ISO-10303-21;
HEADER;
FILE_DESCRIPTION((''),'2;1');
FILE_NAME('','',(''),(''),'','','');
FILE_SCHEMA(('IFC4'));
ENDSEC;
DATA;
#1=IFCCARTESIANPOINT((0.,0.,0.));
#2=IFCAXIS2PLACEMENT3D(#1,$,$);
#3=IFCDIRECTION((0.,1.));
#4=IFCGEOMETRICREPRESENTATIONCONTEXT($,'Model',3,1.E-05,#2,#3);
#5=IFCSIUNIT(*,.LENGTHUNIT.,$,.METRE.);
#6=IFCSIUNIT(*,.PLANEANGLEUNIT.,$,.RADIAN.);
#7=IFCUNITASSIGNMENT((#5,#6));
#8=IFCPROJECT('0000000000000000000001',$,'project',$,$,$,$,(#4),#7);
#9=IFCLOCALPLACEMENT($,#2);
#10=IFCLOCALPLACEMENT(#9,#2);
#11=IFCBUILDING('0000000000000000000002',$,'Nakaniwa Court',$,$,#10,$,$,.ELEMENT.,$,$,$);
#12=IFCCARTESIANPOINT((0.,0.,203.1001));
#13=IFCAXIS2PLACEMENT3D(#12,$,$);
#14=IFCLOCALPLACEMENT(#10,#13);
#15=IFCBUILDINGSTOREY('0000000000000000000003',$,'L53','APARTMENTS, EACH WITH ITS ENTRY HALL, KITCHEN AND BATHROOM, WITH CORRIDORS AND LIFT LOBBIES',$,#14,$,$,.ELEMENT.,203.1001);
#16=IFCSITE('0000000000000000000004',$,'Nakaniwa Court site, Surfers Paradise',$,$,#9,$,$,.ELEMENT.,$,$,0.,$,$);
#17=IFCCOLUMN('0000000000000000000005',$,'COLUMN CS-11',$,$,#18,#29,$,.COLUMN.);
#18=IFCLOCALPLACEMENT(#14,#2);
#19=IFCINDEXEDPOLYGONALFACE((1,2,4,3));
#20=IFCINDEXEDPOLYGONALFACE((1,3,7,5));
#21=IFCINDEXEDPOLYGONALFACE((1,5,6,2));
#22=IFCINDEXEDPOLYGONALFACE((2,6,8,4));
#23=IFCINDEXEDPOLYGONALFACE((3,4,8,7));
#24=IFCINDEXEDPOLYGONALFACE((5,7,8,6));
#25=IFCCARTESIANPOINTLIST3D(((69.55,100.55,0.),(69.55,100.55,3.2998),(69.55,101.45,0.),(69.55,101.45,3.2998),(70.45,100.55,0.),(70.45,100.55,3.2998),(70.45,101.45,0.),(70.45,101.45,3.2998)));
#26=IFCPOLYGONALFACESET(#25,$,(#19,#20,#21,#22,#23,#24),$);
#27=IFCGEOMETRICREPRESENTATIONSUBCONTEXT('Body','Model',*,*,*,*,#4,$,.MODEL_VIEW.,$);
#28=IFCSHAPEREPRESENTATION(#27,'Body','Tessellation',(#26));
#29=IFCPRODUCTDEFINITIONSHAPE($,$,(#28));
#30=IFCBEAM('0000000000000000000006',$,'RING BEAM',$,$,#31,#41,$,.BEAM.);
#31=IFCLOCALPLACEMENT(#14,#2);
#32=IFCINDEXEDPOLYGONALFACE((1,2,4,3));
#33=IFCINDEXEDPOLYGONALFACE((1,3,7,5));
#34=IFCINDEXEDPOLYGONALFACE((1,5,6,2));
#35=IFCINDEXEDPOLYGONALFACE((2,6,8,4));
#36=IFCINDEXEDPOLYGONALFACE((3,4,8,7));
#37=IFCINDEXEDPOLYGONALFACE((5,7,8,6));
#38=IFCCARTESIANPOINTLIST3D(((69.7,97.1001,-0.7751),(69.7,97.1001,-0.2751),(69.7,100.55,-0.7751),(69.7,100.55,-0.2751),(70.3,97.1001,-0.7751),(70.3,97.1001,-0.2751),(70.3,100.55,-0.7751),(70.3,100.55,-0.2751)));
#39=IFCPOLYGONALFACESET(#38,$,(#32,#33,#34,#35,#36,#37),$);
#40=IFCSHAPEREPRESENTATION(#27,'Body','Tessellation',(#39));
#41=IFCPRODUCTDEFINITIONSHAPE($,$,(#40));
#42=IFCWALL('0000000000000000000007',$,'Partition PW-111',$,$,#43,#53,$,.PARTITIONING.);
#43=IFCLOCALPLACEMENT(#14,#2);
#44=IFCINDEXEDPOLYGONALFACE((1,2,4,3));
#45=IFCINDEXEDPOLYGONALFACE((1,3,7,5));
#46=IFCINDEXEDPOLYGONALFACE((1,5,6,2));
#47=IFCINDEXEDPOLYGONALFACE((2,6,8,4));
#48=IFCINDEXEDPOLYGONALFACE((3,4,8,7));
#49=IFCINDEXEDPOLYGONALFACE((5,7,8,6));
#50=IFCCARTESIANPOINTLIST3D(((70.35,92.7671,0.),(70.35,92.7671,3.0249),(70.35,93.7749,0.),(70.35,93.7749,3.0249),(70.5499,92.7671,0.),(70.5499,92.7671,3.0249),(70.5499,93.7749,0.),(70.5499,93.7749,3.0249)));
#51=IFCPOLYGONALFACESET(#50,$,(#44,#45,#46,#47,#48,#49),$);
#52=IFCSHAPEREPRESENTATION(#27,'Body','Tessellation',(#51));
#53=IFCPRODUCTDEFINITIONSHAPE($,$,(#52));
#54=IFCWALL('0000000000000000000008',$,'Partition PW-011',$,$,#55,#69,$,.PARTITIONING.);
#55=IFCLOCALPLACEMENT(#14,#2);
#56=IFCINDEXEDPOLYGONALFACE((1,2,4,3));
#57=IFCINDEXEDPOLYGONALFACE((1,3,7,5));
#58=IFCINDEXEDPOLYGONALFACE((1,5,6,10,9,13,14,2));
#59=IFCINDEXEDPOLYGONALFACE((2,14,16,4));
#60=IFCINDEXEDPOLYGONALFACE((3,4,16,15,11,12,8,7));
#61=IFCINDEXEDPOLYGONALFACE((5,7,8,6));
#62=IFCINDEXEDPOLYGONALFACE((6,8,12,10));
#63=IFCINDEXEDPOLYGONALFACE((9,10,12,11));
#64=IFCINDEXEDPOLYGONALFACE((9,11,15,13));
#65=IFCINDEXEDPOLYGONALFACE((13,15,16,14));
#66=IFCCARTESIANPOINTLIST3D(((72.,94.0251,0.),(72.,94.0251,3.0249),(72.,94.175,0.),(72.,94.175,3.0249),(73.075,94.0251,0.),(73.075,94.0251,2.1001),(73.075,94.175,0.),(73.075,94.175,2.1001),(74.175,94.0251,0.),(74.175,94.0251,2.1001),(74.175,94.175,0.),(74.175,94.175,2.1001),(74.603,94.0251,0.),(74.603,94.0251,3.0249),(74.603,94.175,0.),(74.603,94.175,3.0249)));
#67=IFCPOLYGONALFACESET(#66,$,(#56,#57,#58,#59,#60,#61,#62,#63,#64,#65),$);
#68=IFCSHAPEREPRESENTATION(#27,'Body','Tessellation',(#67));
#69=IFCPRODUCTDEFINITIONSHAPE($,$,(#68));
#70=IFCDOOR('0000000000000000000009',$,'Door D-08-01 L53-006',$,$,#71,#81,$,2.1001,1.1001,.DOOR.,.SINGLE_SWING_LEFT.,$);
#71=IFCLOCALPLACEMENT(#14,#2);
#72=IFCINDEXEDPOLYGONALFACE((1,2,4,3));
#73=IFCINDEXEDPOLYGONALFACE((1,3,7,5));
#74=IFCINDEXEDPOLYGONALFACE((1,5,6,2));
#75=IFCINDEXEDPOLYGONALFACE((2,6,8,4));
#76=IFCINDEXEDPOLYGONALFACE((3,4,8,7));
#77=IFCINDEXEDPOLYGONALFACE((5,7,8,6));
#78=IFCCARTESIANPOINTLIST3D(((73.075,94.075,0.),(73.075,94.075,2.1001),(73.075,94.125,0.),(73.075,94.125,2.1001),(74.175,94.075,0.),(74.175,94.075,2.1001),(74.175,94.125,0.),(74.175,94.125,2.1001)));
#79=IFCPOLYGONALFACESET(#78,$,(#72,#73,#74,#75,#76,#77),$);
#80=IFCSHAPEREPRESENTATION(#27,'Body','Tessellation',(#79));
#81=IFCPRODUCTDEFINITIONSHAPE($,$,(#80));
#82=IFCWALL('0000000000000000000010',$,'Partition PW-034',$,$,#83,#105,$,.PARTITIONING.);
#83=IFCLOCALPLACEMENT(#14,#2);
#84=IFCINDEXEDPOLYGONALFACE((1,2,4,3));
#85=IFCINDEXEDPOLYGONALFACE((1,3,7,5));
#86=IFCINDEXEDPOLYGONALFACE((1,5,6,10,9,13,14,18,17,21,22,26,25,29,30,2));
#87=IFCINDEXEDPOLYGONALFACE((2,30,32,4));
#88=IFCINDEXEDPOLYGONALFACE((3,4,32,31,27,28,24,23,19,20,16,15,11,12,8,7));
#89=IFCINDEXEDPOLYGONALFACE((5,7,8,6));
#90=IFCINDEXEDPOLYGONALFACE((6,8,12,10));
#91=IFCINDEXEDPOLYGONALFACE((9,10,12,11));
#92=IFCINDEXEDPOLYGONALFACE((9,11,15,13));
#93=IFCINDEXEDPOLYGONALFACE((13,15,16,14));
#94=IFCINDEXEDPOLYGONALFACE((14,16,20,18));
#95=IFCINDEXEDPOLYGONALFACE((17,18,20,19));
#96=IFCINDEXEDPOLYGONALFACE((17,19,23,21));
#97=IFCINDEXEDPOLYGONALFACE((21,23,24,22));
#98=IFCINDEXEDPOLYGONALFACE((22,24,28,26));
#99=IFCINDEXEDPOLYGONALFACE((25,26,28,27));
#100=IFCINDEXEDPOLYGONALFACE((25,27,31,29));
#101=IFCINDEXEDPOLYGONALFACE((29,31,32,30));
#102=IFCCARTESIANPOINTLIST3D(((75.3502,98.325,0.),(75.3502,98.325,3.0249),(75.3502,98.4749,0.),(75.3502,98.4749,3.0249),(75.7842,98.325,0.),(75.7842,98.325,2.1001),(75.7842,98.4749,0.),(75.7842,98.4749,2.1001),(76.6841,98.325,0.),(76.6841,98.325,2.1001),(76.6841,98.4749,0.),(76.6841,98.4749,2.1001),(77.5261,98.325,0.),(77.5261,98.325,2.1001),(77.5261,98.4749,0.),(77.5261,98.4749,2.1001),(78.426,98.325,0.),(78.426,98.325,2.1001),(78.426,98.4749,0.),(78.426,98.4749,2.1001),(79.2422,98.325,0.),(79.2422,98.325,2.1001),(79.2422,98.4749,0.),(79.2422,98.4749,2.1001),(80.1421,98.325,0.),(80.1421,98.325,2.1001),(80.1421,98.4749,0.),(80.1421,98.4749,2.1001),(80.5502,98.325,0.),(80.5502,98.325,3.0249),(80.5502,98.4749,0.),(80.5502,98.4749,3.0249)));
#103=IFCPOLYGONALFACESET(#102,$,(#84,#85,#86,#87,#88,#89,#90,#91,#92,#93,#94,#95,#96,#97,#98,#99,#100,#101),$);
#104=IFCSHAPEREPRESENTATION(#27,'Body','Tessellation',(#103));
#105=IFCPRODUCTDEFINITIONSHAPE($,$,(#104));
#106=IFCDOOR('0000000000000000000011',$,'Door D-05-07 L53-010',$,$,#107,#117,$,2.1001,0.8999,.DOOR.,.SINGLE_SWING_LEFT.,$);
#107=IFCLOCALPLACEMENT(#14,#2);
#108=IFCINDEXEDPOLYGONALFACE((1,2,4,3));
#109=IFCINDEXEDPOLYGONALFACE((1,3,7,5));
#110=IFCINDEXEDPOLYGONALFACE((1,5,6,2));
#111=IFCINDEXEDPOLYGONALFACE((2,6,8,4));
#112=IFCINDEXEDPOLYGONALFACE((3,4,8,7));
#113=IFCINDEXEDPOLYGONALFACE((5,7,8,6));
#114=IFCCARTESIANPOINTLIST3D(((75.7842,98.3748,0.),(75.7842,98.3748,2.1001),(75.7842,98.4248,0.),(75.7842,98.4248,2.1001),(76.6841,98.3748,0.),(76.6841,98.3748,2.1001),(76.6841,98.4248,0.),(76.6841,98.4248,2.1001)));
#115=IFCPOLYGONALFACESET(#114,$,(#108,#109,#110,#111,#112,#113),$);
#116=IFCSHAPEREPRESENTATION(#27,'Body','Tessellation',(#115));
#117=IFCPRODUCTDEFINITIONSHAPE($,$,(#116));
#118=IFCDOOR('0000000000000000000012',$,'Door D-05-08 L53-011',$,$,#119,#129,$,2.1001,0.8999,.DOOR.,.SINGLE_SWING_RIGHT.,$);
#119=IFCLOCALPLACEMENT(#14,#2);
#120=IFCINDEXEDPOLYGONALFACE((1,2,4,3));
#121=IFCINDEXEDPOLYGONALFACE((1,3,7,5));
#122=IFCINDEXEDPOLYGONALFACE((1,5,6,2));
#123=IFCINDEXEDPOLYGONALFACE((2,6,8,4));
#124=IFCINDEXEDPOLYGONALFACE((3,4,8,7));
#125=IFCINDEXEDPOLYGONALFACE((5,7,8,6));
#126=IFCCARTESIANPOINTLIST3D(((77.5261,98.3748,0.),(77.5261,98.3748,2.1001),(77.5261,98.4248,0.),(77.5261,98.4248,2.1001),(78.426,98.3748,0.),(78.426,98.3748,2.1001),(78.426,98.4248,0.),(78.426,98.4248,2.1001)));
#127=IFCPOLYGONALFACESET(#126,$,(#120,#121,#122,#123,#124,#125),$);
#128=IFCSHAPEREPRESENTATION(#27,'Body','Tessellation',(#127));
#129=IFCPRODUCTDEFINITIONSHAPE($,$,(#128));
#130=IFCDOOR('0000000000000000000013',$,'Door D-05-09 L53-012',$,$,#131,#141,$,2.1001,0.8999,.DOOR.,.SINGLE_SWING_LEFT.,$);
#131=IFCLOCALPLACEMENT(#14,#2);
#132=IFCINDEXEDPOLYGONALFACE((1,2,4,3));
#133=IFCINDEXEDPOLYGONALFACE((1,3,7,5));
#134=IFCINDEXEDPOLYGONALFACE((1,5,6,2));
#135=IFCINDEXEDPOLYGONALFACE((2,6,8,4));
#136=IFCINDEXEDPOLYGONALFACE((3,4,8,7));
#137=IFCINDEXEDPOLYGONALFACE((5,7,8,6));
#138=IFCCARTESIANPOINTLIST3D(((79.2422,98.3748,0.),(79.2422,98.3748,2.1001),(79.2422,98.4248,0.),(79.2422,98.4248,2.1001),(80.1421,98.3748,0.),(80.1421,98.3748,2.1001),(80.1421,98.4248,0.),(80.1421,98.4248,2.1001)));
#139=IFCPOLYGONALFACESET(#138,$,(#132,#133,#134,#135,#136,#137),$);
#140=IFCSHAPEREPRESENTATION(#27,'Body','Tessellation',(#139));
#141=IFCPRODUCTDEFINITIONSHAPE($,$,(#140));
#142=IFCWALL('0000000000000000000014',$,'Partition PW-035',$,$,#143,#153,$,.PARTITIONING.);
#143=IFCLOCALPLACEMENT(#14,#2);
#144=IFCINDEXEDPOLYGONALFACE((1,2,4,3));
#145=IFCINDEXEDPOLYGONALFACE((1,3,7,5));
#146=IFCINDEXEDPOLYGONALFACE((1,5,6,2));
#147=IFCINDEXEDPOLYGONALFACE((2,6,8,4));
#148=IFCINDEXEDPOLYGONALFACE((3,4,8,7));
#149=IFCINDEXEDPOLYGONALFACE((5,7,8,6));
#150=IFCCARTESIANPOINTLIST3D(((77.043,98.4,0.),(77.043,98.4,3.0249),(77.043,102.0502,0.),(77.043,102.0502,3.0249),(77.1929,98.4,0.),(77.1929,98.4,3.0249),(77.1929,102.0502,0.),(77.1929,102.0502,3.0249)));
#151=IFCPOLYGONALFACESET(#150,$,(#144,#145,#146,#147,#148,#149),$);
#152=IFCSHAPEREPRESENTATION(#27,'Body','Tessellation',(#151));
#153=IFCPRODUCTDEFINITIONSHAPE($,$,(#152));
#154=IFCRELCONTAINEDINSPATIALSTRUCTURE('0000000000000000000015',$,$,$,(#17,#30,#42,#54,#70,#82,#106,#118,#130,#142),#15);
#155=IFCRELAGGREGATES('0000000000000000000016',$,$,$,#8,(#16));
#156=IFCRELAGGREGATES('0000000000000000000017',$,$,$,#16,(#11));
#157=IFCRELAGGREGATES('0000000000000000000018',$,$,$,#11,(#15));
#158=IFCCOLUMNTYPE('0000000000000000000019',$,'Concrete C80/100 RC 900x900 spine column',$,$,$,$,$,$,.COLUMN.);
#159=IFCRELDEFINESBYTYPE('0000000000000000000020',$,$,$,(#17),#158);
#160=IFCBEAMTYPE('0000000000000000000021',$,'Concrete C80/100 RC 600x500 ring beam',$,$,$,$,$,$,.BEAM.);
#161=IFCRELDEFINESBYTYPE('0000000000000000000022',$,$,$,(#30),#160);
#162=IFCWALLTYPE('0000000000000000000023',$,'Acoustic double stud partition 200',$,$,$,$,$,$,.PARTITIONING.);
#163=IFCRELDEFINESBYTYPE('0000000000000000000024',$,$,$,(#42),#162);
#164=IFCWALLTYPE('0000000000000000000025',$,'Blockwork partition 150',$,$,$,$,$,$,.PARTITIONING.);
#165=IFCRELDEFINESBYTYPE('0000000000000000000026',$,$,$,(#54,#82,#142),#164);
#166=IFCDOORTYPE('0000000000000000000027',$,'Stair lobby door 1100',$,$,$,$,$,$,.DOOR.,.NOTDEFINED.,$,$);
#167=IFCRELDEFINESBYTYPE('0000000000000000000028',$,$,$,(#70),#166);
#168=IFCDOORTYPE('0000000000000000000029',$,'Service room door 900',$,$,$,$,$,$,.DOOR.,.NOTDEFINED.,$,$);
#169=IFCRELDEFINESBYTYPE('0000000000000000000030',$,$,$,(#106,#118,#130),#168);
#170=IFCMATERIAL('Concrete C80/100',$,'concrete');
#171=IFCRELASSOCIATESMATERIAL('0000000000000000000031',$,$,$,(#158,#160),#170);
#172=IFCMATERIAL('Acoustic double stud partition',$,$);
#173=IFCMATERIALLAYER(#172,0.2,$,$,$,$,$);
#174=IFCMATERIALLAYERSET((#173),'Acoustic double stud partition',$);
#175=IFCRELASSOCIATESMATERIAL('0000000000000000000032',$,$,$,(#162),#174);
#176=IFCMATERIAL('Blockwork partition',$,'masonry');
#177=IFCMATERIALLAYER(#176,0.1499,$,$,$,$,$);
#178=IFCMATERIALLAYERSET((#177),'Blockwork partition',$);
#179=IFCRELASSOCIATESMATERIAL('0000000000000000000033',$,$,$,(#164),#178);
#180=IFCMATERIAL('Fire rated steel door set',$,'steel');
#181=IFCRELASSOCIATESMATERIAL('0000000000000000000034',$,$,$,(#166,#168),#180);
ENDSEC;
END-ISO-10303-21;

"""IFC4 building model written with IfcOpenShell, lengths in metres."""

from ifc_helpers import new_model, si_unit, direction, frame, frame_2d, origin, origin_2d, place, context, subcontext, project, spatial, rectangle, extrude, material, layer, layer_set, material_profile, profile_set, type_object, element, fill, save


model = new_model("IFC4")

# Units and contexts
model_context = context("Model", 3, precision=1e-05, world=origin(), true_north=direction((0.0, 1.0)))
body_context = subcontext(model_context, "Body", "Model", "MODEL_VIEW")
ifc_project = project(units=[si_unit("LENGTHUNIT", "METRE"), si_unit("PLANEANGLEUNIT", "RADIAN")], contexts=[model_context])

# Site, building, storey
site_placement = place(None, origin())
site = spatial("IfcSite", under=ifc_project, at=site_placement, Name="Nakaniwa Court site, Surfers Paradise", CompositionType="ELEMENT", RefElevation=0.0)
building_placement = place(site_placement, origin())
building = spatial("IfcBuilding", under=site, at=building_placement, Name="Nakaniwa Court", CompositionType="ELEMENT")
storey_placement = place(building_placement, frame((0.0, 0.0, 203.1001)))
storey = spatial("IfcBuildingStorey", under=building, at=storey_placement, Name="L53", Description="APARTMENTS, EACH WITH ITS ENTRY HALL, KITCHEN AND BATHROOM, WITH CORRIDORS AND LIFT LOBBIES", CompositionType="ELEMENT", Elevation=203.1001)

# Column
ifc_material_1 = material(Name="Concrete C80/100", Category="concrete")
ifc_material_profile_1 = material_profile(ifc_material_1, rectangle(XDim=0.8999, YDim=0.8999, at=origin_2d()), Name="Concrete C80/100 RC 900x900 spine column")
ifc_profile_set_1 = profile_set([ifc_material_profile_1], Name="Concrete C80/100")
column_type = type_object("IfcColumnType", Name="Concrete C80/100 RC 900x900 spine column", PredefinedType="COLUMN", material=ifc_profile_set_1)
column_placement = place(storey_placement, frame((70.0, 101.0, 0.0), z_axis=(0.0, 0.0, 1.0), x_axis=(0.0, -1.0, 0.0)))
element("IfcColumn", 1, at=column_placement, inside=storey, type_object=column_type, Name="COLUMN CS-11", PredefinedType="COLUMN", context=body_context, shape_type="SweptSolid", body=[
    extrude(rectangle(XDim=0.8999, YDim=0.8999, at=origin_2d()), origin(), (0.0, 0.0, 1.0), 3.2998),
])

# Beam
ifc_material_profile_2 = material_profile(ifc_material_1, rectangle(XDim=0.6001, YDim=0.5, at=origin_2d()), Name="Concrete C80/100 RC 600x500 ring beam")
ifc_profile_set_2 = profile_set([ifc_material_profile_2], Name="Concrete C80/100")
beam_type = type_object("IfcBeamType", Name="Concrete C80/100 RC 600x500 ring beam", PredefinedType="BEAM", material=ifc_profile_set_2)
beam_placement = place(storey_placement, frame((70.0, 100.55, -0.5251), z_axis=(0.0, -1.0, 0.0), x_axis=(1.0, 0.0, 0.0)))
element("IfcBeam", 2, at=beam_placement, inside=storey, type_object=beam_type, Name="RING BEAM", PredefinedType="BEAM", context=body_context, shape_type="SweptSolid", body=[
    extrude(rectangle(XDim=0.6001, YDim=0.5, at=origin_2d()), origin(), (0.0, 0.0, 1.0), 3.45),
])

# Wall
ifc_material_2 = material(Name="Acoustic double stud partition")
ifc_layer_1 = layer(ifc_material_2, 0.2)
ifc_layer_set_1 = layer_set([ifc_layer_1], Name="Acoustic double stud partition")
wall_type_1 = type_object("IfcWallType", Name="Acoustic double stud partition 200", PredefinedType="PARTITIONING", material=ifc_layer_set_1)
wall_1_placement = place(storey_placement, frame((70.45, 92.7671, 0.0), z_axis=(0.0, 0.0, 1.0), x_axis=(0.0, 1.0, 0.0)))
element("IfcWall", 3, at=wall_1_placement, inside=storey, type_object=wall_type_1, Name="Partition PW-111", PredefinedType="PARTITIONING", context=body_context, shape_type="SweptSolid", body=[
    extrude(rectangle(XDim=1.0078, YDim=0.2, at=frame_2d((0.5039, 0.0))), origin(), (0.0, 0.0, 1.0), 3.0249),
])

# Wall, opening, door
ifc_material_3 = material(Name="Blockwork partition", Category="masonry")
ifc_layer_2 = layer(ifc_material_3, 0.1499)
ifc_layer_set_2 = layer_set([ifc_layer_2], Name="Blockwork partition")
wall_type_2 = type_object("IfcWallType", Name="Blockwork partition 150", PredefinedType="PARTITIONING", material=ifc_layer_set_2)
wall_2_placement = place(storey_placement, frame((72.0, 94.1001, 0.0), z_axis=(0.0, 0.0, 1.0), x_axis=(1.0, 0.0, 0.0)))
wall_2 = element("IfcWall", 4, at=wall_2_placement, inside=storey, type_object=wall_type_2, Name="Partition PW-011", PredefinedType="PARTITIONING", context=body_context, shape_type="SweptSolid", body=[
    extrude(rectangle(XDim=2.603, YDim=0.1499, at=frame_2d((1.3015, 0.0))), origin(), (0.0, 0.0, 1.0), 3.0249),
])
opening_1_placement = place(wall_2_placement, frame((1.075, 0.0, 0.0)))
opening_1 = element("IfcOpeningElement", 5, at=opening_1_placement, cuts=wall_2, PredefinedType="OPENING", context=body_context, shape_type="SweptSolid", body=[
    extrude(rectangle(XDim=1.1001, YDim=2.1001, at=frame_2d((0.55, 1.05))), frame((0.0, 0.085, 0.0), z_axis=(0.0, -1.0, 0.0), x_axis=(1.0, 0.0, 0.0)), (0.0, 0.0, 1.0), 0.1699),
])
ifc_material_4 = material(Name="Fire rated steel door set", Category="steel")
door_type_1 = type_object("IfcDoorType", Name="Stair lobby door 1100", OperationType="NOTDEFINED", PredefinedType="DOOR", material=ifc_material_4)
door_1_placement = place(opening_1_placement, origin())
door_1 = element("IfcDoor", 6, at=door_1_placement, inside=storey, type_object=door_type_1, Name="Door D-08-01 L53-006", OperationType="SINGLE_SWING_LEFT", OverallHeight=2.1001, OverallWidth=1.1001, PredefinedType="DOOR", context=body_context, shape_type="SweptSolid", body=[
    extrude(rectangle(XDim=1.1001, YDim=2.1001, at=frame_2d((0.55, 1.05))), frame((0.0, 0.0249, 0.0), z_axis=(0.0, -1.0, 0.0), x_axis=(1.0, 0.0, 0.0)), (0.0, 0.0, 1.0), 0.05),
])
fill(opening_1, door_1)

# Wall, openings, doors
wall_3_placement = place(storey_placement, frame((75.3501, 98.3999, 0.0), z_axis=(0.0, 0.0, 1.0), x_axis=(1.0, 0.0, 0.0)))
wall_3 = element("IfcWall", 7, at=wall_3_placement, inside=storey, type_object=wall_type_2, Name="Partition PW-034", PredefinedType="PARTITIONING", context=body_context, shape_type="SweptSolid", body=[
    extrude(rectangle(XDim=5.2, YDim=0.1499, at=frame_2d((2.6001, 0.0))), origin(), (0.0, 0.0, 1.0), 3.0249),
])
opening_2_placement = place(wall_3_placement, frame((0.4341, 0.0, 0.0)))
opening_2 = element("IfcOpeningElement", 8, at=opening_2_placement, cuts=wall_3, PredefinedType="OPENING", context=body_context, shape_type="SweptSolid", body=[
    extrude(rectangle(XDim=0.8999, YDim=2.1001, at=frame_2d((0.45, 1.05))), frame((0.0, 0.085, 0.0), z_axis=(0.0, -1.0, 0.0), x_axis=(1.0, 0.0, 0.0)), (0.0, 0.0, 1.0), 0.1699),
])
opening_3_placement = place(wall_3_placement, frame((2.176, 0.0, 0.0)))
opening_3 = element("IfcOpeningElement", 9, at=opening_3_placement, cuts=wall_3, PredefinedType="OPENING", context=body_context, shape_type="SweptSolid", body=[
    extrude(rectangle(XDim=0.8999, YDim=2.1001, at=frame_2d((0.45, 1.05))), frame((0.0, 0.085, 0.0), z_axis=(0.0, -1.0, 0.0), x_axis=(1.0, 0.0, 0.0)), (0.0, 0.0, 1.0), 0.1699),
])
opening_4_placement = place(wall_3_placement, frame((3.8921, 0.0, 0.0)))
opening_4 = element("IfcOpeningElement", 10, at=opening_4_placement, cuts=wall_3, PredefinedType="OPENING", context=body_context, shape_type="SweptSolid", body=[
    extrude(rectangle(XDim=0.8999, YDim=2.1001, at=frame_2d((0.45, 1.05))), frame((0.0, 0.085, 0.0), z_axis=(0.0, -1.0, 0.0), x_axis=(1.0, 0.0, 0.0)), (0.0, 0.0, 1.0), 0.1699),
])
door_type_2 = type_object("IfcDoorType", Name="Service room door 900", OperationType="NOTDEFINED", PredefinedType="DOOR", material=ifc_material_4)
door_2_placement = place(opening_2_placement, origin())
door_2 = element("IfcDoor", 11, at=door_2_placement, inside=storey, type_object=door_type_2, Name="Door D-05-07 L53-010", OperationType="SINGLE_SWING_LEFT", OverallHeight=2.1001, OverallWidth=0.8999, PredefinedType="DOOR", context=body_context, shape_type="SweptSolid", body=[
    extrude(rectangle(XDim=0.8999, YDim=2.1001, at=frame_2d((0.45, 1.05))), frame((0.0, 0.0249, 0.0), z_axis=(0.0, -1.0, 0.0), x_axis=(1.0, 0.0, 0.0)), (0.0, 0.0, 1.0), 0.05),
])
fill(opening_2, door_2)
door_3_placement = place(opening_3_placement, origin())
door_3 = element("IfcDoor", 12, at=door_3_placement, inside=storey, type_object=door_type_2, Name="Door D-05-08 L53-011", OperationType="SINGLE_SWING_RIGHT", OverallHeight=2.1001, OverallWidth=0.8999, PredefinedType="DOOR", context=body_context, shape_type="SweptSolid", body=[
    extrude(rectangle(XDim=0.8999, YDim=2.1001, at=frame_2d((0.45, 1.05))), frame((0.0, 0.0249, 0.0), z_axis=(0.0, -1.0, 0.0), x_axis=(1.0, 0.0, 0.0)), (0.0, 0.0, 1.0), 0.05),
])
fill(opening_3, door_3)
door_4_placement = place(opening_4_placement, origin())
door_4 = element("IfcDoor", 13, at=door_4_placement, inside=storey, type_object=door_type_2, Name="Door D-05-09 L53-012", OperationType="SINGLE_SWING_LEFT", OverallHeight=2.1001, OverallWidth=0.8999, PredefinedType="DOOR", context=body_context, shape_type="SweptSolid", body=[
    extrude(rectangle(XDim=0.8999, YDim=2.1001, at=frame_2d((0.45, 1.05))), frame((0.0, 0.0249, 0.0), z_axis=(0.0, -1.0, 0.0), x_axis=(1.0, 0.0, 0.0)), (0.0, 0.0, 1.0), 0.05),
])
fill(opening_4, door_4)

# Wall
wall_4_placement = place(storey_placement, frame((77.1179, 98.3999, 0.0), z_axis=(0.0, 0.0, 1.0), x_axis=(0.0, 1.0, 0.0)))
element("IfcWall", 14, at=wall_4_placement, inside=storey, type_object=wall_type_2, Name="Partition PW-035", PredefinedType="PARTITIONING", context=body_context, shape_type="SweptSolid", body=[
    extrude(rectangle(XDim=3.6501, YDim=0.1499, at=frame_2d((1.8252, 0.0))), origin(), (0.0, 0.0, 1.0), 3.0249),
])

save(model, "model.ifc")
